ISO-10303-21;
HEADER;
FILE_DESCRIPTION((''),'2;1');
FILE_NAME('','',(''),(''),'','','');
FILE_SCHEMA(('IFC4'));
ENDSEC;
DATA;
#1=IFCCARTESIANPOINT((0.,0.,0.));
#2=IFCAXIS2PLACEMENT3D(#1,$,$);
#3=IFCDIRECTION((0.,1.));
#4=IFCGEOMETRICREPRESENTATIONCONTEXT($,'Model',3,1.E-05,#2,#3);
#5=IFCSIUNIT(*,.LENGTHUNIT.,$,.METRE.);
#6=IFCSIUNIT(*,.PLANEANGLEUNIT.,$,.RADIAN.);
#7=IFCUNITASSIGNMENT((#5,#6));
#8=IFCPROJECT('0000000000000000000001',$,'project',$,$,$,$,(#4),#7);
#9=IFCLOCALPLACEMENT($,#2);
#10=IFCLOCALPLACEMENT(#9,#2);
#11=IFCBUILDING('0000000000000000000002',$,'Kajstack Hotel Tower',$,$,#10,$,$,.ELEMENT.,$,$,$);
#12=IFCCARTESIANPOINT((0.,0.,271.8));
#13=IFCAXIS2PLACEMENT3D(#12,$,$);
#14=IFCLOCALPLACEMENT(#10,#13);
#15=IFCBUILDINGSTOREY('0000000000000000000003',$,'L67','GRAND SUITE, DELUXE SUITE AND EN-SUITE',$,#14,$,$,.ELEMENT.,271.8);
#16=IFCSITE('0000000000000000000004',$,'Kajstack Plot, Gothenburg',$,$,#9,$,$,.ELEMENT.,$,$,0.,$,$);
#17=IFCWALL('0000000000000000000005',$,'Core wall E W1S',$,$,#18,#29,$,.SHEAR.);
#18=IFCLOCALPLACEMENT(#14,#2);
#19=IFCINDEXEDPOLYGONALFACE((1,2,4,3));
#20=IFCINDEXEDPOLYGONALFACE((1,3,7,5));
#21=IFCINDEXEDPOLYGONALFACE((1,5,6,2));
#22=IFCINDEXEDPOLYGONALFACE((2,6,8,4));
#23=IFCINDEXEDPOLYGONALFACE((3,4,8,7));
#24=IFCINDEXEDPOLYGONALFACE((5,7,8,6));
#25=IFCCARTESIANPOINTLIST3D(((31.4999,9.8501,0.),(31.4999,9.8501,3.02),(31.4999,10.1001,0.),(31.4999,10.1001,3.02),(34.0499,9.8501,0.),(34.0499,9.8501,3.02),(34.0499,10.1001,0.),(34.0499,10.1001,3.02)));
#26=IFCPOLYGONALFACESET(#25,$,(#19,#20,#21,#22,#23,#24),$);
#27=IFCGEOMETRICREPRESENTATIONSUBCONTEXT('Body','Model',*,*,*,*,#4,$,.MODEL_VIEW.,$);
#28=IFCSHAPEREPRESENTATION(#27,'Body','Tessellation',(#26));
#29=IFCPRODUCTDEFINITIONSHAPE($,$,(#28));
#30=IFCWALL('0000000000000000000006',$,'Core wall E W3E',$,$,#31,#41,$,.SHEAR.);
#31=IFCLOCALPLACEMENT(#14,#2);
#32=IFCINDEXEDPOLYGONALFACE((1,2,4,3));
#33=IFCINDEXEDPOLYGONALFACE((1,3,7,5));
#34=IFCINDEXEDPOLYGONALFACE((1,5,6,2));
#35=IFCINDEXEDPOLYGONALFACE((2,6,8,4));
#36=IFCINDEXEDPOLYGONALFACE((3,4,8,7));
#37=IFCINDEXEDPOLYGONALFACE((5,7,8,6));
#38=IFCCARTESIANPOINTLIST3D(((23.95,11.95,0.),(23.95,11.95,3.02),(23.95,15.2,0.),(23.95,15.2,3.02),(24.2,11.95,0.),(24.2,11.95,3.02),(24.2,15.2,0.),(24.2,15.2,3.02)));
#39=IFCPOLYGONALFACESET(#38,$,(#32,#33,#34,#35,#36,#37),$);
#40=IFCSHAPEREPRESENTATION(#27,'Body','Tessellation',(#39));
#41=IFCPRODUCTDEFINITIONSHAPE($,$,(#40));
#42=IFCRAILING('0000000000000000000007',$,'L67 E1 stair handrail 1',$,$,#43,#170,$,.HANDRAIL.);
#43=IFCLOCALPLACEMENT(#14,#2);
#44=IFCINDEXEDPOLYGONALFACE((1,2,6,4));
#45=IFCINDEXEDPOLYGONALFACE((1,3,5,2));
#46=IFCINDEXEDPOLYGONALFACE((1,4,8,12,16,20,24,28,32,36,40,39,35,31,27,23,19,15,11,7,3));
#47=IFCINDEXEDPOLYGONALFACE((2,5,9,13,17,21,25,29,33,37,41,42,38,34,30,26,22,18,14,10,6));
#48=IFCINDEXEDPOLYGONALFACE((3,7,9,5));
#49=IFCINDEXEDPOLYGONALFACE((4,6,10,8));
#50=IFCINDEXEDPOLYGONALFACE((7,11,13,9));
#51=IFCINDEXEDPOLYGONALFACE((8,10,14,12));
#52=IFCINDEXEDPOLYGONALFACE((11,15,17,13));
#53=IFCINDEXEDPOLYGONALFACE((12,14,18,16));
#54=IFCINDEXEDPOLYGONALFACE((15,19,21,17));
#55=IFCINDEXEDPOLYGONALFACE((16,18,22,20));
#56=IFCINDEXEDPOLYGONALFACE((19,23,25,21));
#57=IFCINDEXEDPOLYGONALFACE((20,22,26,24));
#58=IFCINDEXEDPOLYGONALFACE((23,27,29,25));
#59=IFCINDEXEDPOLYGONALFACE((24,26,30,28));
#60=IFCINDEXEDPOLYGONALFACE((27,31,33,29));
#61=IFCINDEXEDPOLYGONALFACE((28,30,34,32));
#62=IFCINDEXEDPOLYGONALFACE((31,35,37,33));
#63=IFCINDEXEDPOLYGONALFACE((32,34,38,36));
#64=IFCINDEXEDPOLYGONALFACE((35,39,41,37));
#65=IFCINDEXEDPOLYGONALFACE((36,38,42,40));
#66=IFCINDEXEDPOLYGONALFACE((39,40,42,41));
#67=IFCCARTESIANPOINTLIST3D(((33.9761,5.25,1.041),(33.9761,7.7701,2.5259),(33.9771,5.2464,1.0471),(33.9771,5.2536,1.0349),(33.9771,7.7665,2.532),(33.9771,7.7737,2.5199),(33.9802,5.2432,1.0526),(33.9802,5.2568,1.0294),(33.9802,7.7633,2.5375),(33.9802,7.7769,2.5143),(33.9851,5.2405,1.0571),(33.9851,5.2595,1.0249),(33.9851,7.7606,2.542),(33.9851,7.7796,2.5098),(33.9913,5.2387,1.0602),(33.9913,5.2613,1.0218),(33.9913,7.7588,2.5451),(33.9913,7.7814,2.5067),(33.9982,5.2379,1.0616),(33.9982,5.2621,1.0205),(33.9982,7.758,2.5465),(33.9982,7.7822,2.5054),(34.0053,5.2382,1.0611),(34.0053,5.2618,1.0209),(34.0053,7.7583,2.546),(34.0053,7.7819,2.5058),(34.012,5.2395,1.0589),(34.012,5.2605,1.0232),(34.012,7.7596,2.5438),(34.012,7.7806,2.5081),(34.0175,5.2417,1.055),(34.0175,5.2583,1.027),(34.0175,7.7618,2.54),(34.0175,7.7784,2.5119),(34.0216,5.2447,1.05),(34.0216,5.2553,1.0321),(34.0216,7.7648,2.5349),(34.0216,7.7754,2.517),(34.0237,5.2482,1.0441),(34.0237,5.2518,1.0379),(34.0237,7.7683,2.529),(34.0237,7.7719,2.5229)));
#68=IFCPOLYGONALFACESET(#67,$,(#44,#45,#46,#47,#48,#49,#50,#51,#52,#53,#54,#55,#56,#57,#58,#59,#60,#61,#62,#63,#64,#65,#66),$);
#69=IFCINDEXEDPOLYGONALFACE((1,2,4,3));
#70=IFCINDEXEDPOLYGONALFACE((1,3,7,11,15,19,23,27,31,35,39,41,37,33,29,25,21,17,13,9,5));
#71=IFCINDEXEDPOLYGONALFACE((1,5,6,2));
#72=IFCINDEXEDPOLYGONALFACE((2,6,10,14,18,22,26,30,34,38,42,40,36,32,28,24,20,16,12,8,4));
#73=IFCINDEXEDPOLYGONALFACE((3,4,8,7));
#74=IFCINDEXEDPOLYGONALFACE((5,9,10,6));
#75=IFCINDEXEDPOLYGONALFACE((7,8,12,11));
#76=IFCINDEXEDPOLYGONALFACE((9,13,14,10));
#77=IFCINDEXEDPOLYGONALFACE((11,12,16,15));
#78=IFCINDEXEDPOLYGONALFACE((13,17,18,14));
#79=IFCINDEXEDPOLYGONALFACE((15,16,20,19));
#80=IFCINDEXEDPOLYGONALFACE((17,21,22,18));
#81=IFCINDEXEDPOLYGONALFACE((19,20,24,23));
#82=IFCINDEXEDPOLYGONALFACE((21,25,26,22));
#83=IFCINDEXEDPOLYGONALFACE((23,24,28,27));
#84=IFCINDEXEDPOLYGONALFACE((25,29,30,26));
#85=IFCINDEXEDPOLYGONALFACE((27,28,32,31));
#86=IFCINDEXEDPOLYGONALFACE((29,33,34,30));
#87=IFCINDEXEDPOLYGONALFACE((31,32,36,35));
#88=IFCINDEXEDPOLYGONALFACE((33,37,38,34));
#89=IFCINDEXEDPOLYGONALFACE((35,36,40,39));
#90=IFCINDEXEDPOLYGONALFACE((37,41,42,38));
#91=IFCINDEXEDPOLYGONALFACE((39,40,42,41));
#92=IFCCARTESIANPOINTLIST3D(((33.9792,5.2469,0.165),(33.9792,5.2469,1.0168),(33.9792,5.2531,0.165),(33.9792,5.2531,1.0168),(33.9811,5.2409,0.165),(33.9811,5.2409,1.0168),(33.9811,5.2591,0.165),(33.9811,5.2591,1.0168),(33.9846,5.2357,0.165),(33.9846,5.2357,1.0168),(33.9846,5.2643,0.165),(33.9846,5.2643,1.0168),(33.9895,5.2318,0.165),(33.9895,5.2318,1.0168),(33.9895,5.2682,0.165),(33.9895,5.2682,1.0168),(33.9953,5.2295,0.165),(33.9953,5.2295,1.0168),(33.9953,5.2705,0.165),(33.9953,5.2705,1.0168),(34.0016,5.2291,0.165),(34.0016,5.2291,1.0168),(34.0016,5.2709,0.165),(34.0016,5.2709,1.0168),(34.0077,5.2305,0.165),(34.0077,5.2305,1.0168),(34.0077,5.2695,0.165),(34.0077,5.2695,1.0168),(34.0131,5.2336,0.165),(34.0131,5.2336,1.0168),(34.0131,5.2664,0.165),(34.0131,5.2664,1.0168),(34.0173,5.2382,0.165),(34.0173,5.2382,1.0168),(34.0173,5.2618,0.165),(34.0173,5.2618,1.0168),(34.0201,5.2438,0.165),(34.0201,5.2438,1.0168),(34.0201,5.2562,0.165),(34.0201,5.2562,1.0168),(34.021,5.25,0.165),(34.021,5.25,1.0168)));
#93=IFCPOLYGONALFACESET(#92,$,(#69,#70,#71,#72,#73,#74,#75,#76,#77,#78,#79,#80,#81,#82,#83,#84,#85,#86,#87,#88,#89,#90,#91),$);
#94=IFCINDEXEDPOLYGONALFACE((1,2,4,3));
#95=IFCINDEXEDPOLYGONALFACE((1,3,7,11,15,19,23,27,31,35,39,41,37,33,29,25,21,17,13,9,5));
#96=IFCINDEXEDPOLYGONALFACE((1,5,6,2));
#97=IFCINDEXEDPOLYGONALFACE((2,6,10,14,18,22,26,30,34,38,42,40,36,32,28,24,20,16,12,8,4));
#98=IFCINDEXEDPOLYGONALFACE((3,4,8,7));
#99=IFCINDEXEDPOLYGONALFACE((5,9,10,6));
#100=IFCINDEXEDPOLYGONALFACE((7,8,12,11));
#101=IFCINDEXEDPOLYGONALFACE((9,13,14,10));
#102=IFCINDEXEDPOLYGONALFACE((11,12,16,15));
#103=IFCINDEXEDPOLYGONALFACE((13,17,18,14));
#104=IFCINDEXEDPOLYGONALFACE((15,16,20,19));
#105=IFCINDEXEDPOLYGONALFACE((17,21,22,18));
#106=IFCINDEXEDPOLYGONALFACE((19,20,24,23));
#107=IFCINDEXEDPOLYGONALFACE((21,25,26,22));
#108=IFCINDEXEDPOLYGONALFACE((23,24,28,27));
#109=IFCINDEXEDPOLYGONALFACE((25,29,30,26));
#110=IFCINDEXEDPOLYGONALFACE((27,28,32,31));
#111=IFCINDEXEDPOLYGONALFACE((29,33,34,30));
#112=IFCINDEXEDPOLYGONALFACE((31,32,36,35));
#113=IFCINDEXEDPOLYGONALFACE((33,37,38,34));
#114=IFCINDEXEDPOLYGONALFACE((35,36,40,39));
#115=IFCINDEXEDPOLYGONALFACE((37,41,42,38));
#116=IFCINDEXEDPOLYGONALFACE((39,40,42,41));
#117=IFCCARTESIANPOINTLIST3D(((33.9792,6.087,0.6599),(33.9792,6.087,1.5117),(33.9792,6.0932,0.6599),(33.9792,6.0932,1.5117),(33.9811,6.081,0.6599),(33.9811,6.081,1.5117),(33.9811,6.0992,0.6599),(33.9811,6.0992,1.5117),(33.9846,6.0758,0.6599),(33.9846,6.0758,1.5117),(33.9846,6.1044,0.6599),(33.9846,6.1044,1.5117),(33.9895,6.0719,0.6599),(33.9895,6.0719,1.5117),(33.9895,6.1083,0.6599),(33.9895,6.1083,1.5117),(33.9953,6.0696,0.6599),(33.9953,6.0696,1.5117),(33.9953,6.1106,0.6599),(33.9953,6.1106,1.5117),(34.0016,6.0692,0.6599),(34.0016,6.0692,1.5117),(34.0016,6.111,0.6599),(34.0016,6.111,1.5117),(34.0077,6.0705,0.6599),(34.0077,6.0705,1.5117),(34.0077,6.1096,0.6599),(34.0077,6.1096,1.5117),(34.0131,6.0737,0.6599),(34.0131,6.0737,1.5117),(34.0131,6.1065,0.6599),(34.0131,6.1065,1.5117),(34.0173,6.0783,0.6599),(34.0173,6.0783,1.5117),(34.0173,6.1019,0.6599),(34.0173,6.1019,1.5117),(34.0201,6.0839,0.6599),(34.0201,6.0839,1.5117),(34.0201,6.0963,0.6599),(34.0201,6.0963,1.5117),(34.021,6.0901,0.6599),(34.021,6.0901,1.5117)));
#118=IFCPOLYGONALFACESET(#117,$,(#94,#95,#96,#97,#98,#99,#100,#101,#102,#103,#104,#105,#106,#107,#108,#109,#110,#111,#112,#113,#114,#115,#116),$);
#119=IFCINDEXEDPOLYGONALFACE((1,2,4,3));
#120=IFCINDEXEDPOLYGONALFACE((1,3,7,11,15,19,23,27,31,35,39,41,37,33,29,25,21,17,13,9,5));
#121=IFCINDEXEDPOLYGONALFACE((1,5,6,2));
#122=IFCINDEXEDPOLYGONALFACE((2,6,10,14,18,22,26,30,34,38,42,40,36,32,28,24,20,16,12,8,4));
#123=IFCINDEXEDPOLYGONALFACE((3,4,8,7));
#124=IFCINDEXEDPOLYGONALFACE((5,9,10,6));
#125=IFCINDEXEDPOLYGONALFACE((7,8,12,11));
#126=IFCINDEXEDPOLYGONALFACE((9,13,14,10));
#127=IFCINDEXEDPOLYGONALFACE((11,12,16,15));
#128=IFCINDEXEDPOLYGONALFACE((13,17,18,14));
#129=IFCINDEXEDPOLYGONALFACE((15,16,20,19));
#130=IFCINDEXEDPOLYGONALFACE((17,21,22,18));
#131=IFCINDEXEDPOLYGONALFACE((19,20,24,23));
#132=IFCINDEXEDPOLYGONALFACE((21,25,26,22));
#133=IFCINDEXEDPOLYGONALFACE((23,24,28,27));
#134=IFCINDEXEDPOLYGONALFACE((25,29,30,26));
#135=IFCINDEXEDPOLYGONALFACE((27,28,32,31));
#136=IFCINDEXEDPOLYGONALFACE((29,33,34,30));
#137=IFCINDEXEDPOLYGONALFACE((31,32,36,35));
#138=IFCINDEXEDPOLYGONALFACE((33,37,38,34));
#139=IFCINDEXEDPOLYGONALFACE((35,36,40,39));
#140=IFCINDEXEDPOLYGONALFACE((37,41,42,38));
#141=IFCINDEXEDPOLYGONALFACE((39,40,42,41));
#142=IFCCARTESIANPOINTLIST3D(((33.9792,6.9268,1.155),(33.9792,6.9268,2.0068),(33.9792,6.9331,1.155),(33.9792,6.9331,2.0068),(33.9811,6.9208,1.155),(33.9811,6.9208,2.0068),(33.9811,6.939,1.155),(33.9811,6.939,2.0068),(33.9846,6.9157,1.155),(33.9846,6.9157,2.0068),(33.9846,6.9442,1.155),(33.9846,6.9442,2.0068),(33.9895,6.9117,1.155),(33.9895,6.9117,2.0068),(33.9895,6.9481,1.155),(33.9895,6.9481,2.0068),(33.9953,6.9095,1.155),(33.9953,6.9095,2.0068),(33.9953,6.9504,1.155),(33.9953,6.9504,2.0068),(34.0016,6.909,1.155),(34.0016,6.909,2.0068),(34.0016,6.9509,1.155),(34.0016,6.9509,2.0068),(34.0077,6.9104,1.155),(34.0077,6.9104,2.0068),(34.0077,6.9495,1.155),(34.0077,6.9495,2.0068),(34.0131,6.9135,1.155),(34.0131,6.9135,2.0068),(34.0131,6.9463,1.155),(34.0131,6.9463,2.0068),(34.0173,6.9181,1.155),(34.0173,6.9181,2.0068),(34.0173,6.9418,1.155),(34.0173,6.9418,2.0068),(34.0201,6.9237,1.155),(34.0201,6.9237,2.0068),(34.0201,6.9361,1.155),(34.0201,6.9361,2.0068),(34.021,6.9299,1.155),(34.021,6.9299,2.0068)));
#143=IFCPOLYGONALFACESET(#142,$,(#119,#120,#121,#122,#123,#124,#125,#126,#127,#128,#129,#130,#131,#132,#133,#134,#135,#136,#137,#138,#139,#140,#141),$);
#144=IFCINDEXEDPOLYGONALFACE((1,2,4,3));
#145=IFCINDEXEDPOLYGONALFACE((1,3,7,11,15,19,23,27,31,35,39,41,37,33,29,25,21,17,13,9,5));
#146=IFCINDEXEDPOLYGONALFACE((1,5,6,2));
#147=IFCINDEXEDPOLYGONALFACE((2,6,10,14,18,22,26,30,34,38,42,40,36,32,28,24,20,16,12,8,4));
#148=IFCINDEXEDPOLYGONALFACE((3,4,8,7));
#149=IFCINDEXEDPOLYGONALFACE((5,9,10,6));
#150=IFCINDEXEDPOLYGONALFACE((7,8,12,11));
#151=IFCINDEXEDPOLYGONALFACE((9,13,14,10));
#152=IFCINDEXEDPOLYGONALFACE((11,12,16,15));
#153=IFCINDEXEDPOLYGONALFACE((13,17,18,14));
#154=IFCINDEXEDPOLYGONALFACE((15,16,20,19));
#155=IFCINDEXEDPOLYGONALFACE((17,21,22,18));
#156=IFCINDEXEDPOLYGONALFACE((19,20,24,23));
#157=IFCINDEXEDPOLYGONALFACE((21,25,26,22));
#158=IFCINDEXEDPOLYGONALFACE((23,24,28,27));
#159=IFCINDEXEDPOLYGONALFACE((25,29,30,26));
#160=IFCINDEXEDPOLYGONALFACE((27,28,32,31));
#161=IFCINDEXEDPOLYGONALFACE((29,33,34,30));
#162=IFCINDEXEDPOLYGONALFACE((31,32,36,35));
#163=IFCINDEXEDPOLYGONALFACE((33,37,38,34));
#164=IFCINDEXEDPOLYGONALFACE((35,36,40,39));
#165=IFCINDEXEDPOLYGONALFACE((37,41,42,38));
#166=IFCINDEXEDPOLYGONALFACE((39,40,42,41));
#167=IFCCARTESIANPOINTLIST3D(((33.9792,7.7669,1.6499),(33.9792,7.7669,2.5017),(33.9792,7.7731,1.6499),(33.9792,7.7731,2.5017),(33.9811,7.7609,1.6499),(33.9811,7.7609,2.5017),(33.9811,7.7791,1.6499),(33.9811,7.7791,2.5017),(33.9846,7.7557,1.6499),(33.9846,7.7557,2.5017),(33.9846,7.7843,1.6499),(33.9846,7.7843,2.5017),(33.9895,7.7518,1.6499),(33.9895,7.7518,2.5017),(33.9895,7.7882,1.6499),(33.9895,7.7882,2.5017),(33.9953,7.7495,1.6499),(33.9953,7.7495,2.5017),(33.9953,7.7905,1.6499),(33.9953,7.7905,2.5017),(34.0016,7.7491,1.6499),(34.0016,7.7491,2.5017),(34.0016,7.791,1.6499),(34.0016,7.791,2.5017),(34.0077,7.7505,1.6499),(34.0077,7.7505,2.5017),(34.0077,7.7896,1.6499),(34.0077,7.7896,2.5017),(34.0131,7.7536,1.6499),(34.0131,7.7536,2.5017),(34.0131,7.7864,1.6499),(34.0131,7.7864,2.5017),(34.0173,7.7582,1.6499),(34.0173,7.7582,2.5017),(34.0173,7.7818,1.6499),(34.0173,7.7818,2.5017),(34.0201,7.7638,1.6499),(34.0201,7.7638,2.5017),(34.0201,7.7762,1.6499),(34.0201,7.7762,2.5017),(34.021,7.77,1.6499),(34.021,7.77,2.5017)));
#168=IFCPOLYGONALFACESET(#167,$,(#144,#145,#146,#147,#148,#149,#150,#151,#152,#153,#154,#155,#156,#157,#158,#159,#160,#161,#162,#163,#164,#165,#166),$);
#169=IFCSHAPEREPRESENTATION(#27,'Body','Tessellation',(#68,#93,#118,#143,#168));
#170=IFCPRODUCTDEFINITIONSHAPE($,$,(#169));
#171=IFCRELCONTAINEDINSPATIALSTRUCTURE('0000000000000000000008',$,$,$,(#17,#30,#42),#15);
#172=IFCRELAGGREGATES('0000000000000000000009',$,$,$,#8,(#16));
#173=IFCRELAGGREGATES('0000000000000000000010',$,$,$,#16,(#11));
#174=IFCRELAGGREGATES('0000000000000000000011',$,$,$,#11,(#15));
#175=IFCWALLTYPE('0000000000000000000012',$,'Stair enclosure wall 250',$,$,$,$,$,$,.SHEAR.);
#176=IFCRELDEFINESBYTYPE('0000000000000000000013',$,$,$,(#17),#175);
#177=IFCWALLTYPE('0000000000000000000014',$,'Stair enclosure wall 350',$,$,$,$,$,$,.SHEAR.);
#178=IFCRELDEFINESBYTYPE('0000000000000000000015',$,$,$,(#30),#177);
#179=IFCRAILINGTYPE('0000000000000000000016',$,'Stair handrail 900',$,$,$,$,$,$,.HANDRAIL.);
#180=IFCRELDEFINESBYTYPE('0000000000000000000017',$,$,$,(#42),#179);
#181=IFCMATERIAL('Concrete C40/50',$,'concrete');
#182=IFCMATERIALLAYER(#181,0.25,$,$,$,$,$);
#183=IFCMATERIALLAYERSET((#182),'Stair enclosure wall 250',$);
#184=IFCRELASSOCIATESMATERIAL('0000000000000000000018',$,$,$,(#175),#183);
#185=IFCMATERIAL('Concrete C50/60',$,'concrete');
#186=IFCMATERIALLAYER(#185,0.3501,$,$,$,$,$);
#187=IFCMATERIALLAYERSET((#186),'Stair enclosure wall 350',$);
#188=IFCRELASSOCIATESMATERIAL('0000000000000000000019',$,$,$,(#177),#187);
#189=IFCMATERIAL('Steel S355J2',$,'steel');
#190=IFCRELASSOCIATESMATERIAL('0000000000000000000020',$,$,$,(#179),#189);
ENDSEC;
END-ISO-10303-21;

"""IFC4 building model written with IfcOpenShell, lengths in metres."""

from ifc_helpers import new_model, si_unit, direction, frame, frame_2d, origin, origin_2d, place, context, subcontext, project, spatial, rectangle, circle, extrude, material, layer, layer_set, type_object, element, save


model = new_model("IFC4")

# Units and contexts
model_context = context("Model", 3, precision=1e-05, world=origin(), true_north=direction((0.0, 1.0)))
body_context = subcontext(model_context, "Body", "Model", "MODEL_VIEW")
ifc_project = project(units=[si_unit("LENGTHUNIT", "METRE"), si_unit("PLANEANGLEUNIT", "RADIAN")], contexts=[model_context])

# Site, building, storey
site_placement = place(None, origin())
site = spatial("IfcSite", under=ifc_project, at=site_placement, Name="Kajstack Plot, Gothenburg", CompositionType="ELEMENT", RefElevation=0.0)
building_placement = place(site_placement, origin())
building = spatial("IfcBuilding", under=site, at=building_placement, Name="Kajstack Hotel Tower", CompositionType="ELEMENT")
storey_placement = place(building_placement, frame((0.0, 0.0, 271.8)))
storey = spatial("IfcBuildingStorey", under=building, at=storey_placement, Name="L67", Description="GRAND SUITE, DELUXE SUITE AND EN-SUITE", CompositionType="ELEMENT", Elevation=271.8)

# Shared definitions
ifc_material_1 = material(Name="Concrete C40/50", Category="concrete")

# Shared definitions
ifc_layer_1 = layer(ifc_material_1, 0.25)
ifc_layer_set_1 = layer_set([ifc_layer_1], Name="Stair enclosure wall 250")
wall_type_1 = type_object("IfcWallType", Name="Stair enclosure wall 250", PredefinedType="SHEAR", material=ifc_layer_set_1)

# Walls
wall_1_placement = place(storey_placement, frame((31.5, 9.9751, 0.0), z_axis=(0.0, 0.0, 1.0), x_axis=(1.0, 0.0, 0.0)))
element("IfcWall", 1, at=wall_1_placement, inside=storey, type_object=wall_type_1, Name="Core wall E W1S", PredefinedType="SHEAR", context=body_context, shape_type="SweptSolid", body=[
    extrude(rectangle(XDim=2.55, YDim=0.25, at=frame_2d((1.2749, 0.0))), origin(), (0.0, 0.0, 1.0), 3.02),
])
ifc_material_2 = material(Name="Concrete C50/60", Category="concrete")
ifc_layer_2 = layer(ifc_material_2, 0.3501)
ifc_layer_set_2 = layer_set([ifc_layer_2], Name="Stair enclosure wall 350")
wall_type_2 = type_object("IfcWallType", Name="Stair enclosure wall 350", PredefinedType="SHEAR", material=ifc_layer_set_2)
wall_2_placement = place(storey_placement, frame((24.075, 11.95, 0.0), z_axis=(0.0, 0.0, 1.0), x_axis=(0.0, 1.0, 0.0)))
element("IfcWall", 2, at=wall_2_placement, inside=storey, type_object=wall_type_2, Name="Core wall E W3E", PredefinedType="SHEAR", context=body_context, shape_type="SweptSolid", body=[
    extrude(rectangle(XDim=3.25, YDim=0.25, at=frame_2d((1.625, 0.0))), origin(), (0.0, 0.0, 1.0), 3.02),
])

# Railing
ifc_material_3 = material(Name="Steel S355J2", Category="steel")
railing_type_1 = type_object("IfcRailingType", Name="Stair handrail 900", PredefinedType="HANDRAIL", material=ifc_material_3)
railing_1_placement = place(storey_placement, frame((34.0, 5.25, 0.165)))
element("IfcRailing", 3, at=railing_1_placement, inside=storey, type_object=railing_type_1, Name="L67 E1 stair handrail 1", PredefinedType="HANDRAIL", context=body_context, shape_type="SweptSolid", body=[
    extrude(circle(Radius=0.0239, at=origin_2d()), frame((0.0, 0.0, 0.876), z_axis=(0.0, 0.861561, 0.507655), x_axis=(-1.0, 0.0, 0.0)), (0.0, 0.0, 1.0), 2.925),
    extrude(circle(Radius=0.021, at=origin_2d()), origin(), (0.0, 0.0, 1.0), 0.8518),
    extrude(circle(Radius=0.021, at=origin_2d()), frame((0.0, 0.8401, 0.4949)), (0.0, 0.0, 1.0), 0.8518),
    extrude(circle(Radius=0.021, at=origin_2d()), frame((0.0, 1.6799, 0.99)), (0.0, 0.0, 1.0), 0.8518),
    extrude(circle(Radius=0.021, at=origin_2d()), frame((0.0, 2.52, 1.4849)), (0.0, 0.0, 1.0), 0.8518),
])

save(model, "model.ifc")
